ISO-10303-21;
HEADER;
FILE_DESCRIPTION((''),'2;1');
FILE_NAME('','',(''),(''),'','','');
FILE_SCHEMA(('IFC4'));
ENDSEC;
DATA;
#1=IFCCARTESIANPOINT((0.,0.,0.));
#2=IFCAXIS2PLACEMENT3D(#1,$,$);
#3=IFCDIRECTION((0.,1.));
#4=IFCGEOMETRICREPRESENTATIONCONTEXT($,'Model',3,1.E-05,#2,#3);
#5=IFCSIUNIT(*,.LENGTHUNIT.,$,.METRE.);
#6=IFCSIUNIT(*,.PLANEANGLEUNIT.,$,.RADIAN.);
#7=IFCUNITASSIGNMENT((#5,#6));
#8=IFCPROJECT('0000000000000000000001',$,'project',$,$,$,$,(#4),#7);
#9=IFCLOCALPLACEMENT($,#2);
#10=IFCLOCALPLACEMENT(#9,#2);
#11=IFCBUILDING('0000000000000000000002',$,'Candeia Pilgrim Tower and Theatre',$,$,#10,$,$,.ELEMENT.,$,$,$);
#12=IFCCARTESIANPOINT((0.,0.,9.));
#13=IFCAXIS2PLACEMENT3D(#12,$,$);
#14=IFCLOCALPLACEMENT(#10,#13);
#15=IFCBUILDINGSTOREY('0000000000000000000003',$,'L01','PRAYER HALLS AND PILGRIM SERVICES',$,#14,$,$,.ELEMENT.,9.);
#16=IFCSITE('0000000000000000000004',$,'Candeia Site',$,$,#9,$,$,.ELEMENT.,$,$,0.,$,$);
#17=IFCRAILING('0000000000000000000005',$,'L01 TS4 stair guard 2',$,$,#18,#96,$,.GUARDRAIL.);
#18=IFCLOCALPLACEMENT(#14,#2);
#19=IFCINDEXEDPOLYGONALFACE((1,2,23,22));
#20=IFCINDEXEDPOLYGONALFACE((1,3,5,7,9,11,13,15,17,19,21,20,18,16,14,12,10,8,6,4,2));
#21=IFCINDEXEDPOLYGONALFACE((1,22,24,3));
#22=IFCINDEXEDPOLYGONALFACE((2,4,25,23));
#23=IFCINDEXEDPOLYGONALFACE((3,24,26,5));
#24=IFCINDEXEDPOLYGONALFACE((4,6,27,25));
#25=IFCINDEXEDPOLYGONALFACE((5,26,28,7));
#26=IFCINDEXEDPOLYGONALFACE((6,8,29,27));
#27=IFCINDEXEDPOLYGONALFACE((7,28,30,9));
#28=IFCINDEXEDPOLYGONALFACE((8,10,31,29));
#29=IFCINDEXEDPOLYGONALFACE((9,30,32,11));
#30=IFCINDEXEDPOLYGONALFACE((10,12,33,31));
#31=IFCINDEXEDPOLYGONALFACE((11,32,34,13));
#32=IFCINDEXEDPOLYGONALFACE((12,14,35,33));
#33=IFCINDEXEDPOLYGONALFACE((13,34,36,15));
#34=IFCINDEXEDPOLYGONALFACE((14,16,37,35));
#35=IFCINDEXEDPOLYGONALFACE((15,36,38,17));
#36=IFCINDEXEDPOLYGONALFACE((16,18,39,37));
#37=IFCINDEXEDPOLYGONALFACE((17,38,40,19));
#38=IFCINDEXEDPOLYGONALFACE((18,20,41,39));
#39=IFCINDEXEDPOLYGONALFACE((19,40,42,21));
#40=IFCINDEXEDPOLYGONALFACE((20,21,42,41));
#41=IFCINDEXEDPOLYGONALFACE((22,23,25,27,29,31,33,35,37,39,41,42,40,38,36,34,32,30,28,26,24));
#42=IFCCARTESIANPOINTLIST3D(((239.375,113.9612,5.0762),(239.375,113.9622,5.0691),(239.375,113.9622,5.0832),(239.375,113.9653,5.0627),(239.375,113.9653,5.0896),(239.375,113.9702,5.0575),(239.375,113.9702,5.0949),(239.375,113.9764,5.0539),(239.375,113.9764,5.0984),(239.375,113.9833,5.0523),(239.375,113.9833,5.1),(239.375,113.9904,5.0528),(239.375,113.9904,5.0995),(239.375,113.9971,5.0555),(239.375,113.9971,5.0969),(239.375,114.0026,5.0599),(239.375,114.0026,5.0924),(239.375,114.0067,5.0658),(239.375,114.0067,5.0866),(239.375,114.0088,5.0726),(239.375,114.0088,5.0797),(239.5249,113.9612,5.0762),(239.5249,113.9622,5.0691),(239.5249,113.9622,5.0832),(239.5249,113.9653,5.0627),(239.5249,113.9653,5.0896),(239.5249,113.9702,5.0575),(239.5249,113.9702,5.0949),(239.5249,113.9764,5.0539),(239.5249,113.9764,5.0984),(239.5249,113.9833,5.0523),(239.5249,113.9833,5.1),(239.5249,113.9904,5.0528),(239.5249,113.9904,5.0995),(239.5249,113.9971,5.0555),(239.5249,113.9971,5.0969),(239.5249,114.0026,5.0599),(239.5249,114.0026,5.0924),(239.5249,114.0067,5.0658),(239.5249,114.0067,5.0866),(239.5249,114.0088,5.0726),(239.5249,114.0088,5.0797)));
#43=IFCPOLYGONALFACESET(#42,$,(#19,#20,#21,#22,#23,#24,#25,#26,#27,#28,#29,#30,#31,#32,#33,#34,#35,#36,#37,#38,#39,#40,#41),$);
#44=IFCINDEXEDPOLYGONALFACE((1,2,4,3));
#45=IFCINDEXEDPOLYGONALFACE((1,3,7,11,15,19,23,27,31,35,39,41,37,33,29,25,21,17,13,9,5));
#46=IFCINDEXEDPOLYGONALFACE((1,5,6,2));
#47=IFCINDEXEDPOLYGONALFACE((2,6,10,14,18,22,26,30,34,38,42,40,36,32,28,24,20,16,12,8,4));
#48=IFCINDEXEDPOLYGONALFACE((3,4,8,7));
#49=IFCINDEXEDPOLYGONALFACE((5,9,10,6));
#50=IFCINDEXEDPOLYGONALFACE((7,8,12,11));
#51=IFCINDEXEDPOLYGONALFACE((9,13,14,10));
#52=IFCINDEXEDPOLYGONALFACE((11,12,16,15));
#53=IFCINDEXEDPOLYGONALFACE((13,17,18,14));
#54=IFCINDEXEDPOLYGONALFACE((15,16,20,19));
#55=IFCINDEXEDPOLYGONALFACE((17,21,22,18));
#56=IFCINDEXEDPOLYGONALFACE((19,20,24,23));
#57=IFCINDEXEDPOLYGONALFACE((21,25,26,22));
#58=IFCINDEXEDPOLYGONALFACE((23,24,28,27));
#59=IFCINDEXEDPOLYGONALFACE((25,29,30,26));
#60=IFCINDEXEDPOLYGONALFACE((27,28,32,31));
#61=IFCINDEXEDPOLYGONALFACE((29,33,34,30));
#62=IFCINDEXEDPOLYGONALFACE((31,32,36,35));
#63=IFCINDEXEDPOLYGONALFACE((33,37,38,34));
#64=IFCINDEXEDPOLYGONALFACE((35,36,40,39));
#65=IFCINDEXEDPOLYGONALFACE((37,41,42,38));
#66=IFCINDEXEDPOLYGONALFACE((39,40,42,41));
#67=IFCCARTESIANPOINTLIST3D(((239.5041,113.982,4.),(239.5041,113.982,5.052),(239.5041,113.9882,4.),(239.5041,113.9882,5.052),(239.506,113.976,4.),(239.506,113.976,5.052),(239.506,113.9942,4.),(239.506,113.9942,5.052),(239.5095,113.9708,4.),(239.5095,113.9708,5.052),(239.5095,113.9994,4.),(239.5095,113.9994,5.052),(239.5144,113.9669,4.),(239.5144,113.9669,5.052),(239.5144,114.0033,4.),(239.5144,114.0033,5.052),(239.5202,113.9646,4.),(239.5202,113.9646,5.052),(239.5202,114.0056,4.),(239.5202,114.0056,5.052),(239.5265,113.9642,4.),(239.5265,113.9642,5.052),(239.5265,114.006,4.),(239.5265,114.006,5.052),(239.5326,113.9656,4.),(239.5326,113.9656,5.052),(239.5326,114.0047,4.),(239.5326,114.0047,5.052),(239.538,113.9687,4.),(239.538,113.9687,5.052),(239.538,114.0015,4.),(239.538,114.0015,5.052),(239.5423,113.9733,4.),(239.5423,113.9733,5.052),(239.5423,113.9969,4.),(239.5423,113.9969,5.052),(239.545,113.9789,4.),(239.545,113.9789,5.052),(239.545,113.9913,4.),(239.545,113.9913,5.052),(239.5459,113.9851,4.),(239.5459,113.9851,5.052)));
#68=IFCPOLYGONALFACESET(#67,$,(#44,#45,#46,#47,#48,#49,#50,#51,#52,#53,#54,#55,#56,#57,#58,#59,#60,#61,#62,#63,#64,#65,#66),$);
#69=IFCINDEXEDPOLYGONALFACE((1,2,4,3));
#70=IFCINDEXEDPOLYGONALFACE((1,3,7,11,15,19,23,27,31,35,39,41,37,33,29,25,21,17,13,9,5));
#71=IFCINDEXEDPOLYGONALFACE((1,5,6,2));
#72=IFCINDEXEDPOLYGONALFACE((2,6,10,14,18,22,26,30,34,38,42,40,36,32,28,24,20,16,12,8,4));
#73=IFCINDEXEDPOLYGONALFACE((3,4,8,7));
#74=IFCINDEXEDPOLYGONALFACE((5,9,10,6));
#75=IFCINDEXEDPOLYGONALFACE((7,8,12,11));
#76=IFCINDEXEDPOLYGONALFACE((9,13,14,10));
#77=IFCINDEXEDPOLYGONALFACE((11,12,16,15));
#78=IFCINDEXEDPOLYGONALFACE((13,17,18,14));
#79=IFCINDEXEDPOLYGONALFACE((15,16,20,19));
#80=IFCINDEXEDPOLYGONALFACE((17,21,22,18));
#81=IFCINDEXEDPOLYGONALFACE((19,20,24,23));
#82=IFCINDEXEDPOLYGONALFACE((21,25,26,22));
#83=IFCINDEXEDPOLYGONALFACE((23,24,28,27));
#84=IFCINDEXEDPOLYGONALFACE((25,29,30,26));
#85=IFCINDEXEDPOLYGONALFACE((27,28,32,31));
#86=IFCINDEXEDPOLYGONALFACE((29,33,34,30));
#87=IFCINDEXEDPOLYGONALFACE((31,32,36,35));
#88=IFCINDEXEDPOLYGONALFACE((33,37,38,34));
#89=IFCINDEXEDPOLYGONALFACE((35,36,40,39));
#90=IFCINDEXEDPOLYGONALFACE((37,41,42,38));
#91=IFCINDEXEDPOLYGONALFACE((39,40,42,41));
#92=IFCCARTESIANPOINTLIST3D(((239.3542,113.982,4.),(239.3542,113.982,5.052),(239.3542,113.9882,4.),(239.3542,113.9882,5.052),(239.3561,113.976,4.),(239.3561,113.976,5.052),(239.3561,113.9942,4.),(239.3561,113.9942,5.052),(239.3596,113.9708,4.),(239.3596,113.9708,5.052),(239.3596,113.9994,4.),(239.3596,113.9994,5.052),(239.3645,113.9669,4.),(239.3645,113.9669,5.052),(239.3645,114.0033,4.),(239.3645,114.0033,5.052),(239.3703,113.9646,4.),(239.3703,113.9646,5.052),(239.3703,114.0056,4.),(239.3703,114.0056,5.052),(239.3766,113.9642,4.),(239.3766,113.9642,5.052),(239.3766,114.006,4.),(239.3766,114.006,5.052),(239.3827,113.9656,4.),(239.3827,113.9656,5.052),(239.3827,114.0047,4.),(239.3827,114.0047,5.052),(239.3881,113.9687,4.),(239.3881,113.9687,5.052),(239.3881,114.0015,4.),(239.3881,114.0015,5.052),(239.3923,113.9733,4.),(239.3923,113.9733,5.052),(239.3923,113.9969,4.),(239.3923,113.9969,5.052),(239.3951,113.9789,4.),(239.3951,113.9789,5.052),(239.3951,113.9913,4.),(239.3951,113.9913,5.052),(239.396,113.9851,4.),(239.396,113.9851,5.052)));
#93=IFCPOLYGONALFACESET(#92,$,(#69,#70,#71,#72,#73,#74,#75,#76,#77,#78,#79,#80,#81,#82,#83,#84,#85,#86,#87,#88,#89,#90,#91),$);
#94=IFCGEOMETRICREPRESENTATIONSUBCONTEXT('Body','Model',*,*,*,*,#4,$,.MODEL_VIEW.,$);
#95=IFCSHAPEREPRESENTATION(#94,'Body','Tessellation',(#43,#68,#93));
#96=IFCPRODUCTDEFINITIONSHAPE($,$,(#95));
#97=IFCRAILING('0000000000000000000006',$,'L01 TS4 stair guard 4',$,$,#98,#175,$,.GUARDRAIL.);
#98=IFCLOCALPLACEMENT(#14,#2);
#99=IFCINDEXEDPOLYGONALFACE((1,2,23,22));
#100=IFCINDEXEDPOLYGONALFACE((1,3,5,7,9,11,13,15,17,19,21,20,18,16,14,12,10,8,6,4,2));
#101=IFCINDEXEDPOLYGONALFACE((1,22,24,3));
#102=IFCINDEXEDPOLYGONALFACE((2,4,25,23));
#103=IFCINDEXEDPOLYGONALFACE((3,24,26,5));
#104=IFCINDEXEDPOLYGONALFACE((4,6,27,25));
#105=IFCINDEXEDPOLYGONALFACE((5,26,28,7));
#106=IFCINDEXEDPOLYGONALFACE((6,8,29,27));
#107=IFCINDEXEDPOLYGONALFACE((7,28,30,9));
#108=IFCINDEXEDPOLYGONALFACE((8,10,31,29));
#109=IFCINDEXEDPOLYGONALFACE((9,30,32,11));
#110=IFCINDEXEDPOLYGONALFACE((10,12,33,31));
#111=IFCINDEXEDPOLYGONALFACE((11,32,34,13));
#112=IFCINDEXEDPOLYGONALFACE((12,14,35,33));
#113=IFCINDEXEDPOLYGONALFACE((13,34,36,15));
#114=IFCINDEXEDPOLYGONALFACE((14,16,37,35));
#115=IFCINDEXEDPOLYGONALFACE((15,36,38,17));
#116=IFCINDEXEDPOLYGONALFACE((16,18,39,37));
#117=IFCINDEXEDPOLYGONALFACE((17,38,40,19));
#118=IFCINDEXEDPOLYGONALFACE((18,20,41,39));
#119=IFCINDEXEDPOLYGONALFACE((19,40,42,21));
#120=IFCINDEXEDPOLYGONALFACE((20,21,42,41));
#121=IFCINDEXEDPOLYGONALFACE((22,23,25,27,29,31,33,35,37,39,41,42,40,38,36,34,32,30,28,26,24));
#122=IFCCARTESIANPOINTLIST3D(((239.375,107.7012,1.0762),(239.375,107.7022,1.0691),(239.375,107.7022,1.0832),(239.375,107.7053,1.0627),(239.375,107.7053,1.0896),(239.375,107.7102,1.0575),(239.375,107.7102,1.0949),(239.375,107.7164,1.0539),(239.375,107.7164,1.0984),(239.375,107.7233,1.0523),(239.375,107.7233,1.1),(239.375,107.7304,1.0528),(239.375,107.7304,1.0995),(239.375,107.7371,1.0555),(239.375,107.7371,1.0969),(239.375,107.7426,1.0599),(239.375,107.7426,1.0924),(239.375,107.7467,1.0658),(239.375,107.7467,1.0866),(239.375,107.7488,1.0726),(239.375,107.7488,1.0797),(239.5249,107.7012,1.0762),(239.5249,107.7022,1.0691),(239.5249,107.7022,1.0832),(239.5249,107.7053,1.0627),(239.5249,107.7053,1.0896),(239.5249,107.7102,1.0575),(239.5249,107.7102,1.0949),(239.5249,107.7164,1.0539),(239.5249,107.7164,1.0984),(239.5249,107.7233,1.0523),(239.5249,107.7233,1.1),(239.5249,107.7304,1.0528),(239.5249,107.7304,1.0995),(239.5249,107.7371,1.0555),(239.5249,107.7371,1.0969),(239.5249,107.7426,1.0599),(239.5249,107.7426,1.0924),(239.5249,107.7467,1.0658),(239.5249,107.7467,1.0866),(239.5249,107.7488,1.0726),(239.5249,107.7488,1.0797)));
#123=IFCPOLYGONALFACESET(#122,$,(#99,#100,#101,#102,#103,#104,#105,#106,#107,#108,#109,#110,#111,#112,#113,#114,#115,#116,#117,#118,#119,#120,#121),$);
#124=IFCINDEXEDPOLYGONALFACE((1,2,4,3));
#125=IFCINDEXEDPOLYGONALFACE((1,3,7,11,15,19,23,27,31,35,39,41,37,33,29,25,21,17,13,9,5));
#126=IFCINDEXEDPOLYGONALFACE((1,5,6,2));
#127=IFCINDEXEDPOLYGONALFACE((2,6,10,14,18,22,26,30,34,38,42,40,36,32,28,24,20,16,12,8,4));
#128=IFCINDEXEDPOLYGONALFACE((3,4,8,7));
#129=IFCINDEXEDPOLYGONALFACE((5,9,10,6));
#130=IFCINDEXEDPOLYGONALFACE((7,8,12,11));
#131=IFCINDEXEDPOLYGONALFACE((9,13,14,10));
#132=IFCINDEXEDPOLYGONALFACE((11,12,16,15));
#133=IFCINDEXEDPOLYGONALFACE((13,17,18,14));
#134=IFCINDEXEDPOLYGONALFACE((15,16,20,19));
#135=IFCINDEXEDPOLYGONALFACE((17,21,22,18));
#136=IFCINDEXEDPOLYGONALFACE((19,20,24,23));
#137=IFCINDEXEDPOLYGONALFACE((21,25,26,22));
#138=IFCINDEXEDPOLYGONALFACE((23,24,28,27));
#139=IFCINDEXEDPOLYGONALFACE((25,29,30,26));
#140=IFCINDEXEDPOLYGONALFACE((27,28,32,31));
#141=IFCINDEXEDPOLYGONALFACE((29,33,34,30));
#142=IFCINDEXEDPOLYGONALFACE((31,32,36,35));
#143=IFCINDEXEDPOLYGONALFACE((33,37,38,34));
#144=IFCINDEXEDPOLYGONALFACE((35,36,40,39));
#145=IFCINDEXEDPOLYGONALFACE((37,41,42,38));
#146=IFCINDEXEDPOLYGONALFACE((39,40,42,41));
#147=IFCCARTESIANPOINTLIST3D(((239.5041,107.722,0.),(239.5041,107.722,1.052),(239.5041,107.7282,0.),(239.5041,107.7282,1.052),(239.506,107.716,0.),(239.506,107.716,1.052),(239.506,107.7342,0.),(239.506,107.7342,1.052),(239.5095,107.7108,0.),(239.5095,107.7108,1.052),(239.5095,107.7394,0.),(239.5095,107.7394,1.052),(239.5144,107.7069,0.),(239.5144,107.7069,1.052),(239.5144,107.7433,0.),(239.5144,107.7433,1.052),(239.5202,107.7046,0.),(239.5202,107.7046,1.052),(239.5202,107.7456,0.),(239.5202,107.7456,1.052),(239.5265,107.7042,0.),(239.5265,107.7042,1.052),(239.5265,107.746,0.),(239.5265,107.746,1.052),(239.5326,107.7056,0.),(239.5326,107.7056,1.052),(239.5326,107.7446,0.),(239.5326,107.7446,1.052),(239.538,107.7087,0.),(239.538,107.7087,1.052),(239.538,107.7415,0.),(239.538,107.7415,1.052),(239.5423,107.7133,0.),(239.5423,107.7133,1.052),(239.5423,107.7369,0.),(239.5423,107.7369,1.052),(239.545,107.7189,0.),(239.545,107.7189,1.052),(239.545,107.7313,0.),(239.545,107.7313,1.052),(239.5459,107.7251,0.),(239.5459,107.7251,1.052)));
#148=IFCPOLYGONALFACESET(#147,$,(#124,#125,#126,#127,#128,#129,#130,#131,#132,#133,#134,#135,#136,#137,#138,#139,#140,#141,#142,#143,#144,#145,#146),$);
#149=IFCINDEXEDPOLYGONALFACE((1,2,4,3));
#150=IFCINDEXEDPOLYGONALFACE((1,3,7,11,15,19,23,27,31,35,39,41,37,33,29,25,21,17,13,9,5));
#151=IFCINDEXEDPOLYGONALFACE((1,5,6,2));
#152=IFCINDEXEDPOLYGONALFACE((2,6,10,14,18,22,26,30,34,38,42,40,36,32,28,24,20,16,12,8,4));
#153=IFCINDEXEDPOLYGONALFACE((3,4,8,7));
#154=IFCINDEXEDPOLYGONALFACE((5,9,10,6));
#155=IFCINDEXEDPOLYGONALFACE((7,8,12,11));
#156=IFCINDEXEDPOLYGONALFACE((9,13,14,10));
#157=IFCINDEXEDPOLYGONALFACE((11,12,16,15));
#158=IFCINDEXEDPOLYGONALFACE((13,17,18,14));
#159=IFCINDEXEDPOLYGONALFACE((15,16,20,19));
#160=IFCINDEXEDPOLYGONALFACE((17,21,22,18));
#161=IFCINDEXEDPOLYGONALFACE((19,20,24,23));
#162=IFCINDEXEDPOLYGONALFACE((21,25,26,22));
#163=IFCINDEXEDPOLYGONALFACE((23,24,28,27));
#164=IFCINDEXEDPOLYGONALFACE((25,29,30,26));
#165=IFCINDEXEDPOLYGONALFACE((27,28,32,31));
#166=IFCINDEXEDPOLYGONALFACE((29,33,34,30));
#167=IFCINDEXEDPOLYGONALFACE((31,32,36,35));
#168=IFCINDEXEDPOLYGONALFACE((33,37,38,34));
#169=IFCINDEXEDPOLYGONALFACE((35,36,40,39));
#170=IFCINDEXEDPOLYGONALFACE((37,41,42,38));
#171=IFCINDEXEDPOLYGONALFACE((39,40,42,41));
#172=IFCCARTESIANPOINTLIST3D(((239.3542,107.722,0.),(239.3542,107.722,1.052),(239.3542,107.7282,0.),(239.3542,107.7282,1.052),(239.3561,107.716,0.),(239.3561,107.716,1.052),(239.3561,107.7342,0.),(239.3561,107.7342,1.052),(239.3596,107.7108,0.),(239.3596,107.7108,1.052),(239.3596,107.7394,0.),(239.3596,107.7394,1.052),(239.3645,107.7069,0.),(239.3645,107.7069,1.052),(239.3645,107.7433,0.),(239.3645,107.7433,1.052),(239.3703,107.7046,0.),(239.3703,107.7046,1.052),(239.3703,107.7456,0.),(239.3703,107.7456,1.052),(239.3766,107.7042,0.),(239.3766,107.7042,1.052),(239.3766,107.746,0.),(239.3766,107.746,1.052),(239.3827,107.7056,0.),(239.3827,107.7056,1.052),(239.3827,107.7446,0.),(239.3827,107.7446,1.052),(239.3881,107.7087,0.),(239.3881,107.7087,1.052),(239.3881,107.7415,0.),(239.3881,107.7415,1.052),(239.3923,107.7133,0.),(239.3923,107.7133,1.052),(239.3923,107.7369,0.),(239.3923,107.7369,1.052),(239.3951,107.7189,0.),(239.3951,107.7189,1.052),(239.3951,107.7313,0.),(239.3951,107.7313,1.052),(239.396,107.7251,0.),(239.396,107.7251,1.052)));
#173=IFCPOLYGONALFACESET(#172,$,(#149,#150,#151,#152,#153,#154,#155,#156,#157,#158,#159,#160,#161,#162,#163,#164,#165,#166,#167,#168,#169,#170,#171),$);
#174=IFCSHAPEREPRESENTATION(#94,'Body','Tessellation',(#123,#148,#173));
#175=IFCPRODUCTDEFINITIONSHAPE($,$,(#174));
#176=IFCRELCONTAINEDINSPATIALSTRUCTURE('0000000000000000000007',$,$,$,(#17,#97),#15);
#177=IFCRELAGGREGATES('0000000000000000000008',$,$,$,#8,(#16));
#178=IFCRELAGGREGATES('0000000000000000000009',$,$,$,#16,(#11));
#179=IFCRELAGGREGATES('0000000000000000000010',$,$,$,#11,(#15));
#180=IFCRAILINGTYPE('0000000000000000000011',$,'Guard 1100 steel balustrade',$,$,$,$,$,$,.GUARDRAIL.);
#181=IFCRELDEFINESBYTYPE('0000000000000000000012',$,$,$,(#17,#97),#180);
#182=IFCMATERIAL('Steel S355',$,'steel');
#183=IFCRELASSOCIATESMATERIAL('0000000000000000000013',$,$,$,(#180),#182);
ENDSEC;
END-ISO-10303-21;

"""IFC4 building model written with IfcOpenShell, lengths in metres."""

from ifc_helpers import new_model, si_unit, direction, frame, origin, origin_2d, place, context, subcontext, project, spatial, circle, extrude, material, type_object, element, save


model = new_model("IFC4")

# Units and contexts
model_context = context("Model", 3, precision=1e-05, world=origin(), true_north=direction((0.0, 1.0)))
body_context = subcontext(model_context, "Body", "Model", "MODEL_VIEW")
ifc_project = project(units=[si_unit("LENGTHUNIT", "METRE"), si_unit("PLANEANGLEUNIT", "RADIAN")], contexts=[model_context])

# Site, building, storey
site_placement = place(None, origin())
site = spatial("IfcSite", under=ifc_project, at=site_placement, Name="Candeia Site", CompositionType="ELEMENT", RefElevation=0.0)
building_placement = place(site_placement, origin())
building = spatial("IfcBuilding", under=site, at=building_placement, Name="Candeia Pilgrim Tower and Theatre", CompositionType="ELEMENT")
storey_placement = place(building_placement, frame((0.0, 0.0, 9.0)))
storey = spatial("IfcBuildingStorey", under=building, at=storey_placement, Name="L01", Description="PRAYER HALLS AND PILGRIM SERVICES", CompositionType="ELEMENT", Elevation=9.0)

# Railings
ifc_material_1 = material(Name="Steel S355", Category="steel")
railing_type_1 = type_object("IfcRailingType", Name="Guard 1100 steel balustrade", PredefinedType="GUARDRAIL", material=ifc_material_1)
railing_1_placement = place(storey_placement, frame((239.5249, 113.9851, 4.0)))
element("IfcRailing", 1, at=railing_1_placement, inside=storey, type_object=railing_type_1, Name="L01 TS4 stair guard 2", PredefinedType="GUARDRAIL", context=body_context, shape_type="SweptSolid", body=[
    extrude(circle(Radius=0.0239, at=origin_2d()), frame((0.0, 0.0, 1.0762), z_axis=(-1.0, 0.0, 0.0), x_axis=(0.0, -1.0, 0.0)), (0.0, 0.0, 1.0), 0.1499),
    extrude(circle(Radius=0.021, at=origin_2d()), origin(), (0.0, 0.0, 1.0), 1.052),
    extrude(circle(Radius=0.021, at=origin_2d()), frame((-0.1499, 0.0, 0.0)), (0.0, 0.0, 1.0), 1.052),
])
railing_2_placement = place(storey_placement, frame((239.5249, 107.7251, 0.0)))
element("IfcRailing", 2, at=railing_2_placement, inside=storey, type_object=railing_type_1, Name="L01 TS4 stair guard 4", PredefinedType="GUARDRAIL", context=body_context, shape_type="SweptSolid", body=[
    extrude(circle(Radius=0.0239, at=origin_2d()), frame((0.0, 0.0, 1.0762), z_axis=(-1.0, 0.0, 0.0), x_axis=(0.0, -1.0, 0.0)), (0.0, 0.0, 1.0), 0.1499),
    extrude(circle(Radius=0.021, at=origin_2d()), origin(), (0.0, 0.0, 1.0), 1.052),
    extrude(circle(Radius=0.021, at=origin_2d()), frame((-0.1499, 0.0, 0.0)), (0.0, 0.0, 1.0), 1.052),
])

save(model, "model.ifc")
